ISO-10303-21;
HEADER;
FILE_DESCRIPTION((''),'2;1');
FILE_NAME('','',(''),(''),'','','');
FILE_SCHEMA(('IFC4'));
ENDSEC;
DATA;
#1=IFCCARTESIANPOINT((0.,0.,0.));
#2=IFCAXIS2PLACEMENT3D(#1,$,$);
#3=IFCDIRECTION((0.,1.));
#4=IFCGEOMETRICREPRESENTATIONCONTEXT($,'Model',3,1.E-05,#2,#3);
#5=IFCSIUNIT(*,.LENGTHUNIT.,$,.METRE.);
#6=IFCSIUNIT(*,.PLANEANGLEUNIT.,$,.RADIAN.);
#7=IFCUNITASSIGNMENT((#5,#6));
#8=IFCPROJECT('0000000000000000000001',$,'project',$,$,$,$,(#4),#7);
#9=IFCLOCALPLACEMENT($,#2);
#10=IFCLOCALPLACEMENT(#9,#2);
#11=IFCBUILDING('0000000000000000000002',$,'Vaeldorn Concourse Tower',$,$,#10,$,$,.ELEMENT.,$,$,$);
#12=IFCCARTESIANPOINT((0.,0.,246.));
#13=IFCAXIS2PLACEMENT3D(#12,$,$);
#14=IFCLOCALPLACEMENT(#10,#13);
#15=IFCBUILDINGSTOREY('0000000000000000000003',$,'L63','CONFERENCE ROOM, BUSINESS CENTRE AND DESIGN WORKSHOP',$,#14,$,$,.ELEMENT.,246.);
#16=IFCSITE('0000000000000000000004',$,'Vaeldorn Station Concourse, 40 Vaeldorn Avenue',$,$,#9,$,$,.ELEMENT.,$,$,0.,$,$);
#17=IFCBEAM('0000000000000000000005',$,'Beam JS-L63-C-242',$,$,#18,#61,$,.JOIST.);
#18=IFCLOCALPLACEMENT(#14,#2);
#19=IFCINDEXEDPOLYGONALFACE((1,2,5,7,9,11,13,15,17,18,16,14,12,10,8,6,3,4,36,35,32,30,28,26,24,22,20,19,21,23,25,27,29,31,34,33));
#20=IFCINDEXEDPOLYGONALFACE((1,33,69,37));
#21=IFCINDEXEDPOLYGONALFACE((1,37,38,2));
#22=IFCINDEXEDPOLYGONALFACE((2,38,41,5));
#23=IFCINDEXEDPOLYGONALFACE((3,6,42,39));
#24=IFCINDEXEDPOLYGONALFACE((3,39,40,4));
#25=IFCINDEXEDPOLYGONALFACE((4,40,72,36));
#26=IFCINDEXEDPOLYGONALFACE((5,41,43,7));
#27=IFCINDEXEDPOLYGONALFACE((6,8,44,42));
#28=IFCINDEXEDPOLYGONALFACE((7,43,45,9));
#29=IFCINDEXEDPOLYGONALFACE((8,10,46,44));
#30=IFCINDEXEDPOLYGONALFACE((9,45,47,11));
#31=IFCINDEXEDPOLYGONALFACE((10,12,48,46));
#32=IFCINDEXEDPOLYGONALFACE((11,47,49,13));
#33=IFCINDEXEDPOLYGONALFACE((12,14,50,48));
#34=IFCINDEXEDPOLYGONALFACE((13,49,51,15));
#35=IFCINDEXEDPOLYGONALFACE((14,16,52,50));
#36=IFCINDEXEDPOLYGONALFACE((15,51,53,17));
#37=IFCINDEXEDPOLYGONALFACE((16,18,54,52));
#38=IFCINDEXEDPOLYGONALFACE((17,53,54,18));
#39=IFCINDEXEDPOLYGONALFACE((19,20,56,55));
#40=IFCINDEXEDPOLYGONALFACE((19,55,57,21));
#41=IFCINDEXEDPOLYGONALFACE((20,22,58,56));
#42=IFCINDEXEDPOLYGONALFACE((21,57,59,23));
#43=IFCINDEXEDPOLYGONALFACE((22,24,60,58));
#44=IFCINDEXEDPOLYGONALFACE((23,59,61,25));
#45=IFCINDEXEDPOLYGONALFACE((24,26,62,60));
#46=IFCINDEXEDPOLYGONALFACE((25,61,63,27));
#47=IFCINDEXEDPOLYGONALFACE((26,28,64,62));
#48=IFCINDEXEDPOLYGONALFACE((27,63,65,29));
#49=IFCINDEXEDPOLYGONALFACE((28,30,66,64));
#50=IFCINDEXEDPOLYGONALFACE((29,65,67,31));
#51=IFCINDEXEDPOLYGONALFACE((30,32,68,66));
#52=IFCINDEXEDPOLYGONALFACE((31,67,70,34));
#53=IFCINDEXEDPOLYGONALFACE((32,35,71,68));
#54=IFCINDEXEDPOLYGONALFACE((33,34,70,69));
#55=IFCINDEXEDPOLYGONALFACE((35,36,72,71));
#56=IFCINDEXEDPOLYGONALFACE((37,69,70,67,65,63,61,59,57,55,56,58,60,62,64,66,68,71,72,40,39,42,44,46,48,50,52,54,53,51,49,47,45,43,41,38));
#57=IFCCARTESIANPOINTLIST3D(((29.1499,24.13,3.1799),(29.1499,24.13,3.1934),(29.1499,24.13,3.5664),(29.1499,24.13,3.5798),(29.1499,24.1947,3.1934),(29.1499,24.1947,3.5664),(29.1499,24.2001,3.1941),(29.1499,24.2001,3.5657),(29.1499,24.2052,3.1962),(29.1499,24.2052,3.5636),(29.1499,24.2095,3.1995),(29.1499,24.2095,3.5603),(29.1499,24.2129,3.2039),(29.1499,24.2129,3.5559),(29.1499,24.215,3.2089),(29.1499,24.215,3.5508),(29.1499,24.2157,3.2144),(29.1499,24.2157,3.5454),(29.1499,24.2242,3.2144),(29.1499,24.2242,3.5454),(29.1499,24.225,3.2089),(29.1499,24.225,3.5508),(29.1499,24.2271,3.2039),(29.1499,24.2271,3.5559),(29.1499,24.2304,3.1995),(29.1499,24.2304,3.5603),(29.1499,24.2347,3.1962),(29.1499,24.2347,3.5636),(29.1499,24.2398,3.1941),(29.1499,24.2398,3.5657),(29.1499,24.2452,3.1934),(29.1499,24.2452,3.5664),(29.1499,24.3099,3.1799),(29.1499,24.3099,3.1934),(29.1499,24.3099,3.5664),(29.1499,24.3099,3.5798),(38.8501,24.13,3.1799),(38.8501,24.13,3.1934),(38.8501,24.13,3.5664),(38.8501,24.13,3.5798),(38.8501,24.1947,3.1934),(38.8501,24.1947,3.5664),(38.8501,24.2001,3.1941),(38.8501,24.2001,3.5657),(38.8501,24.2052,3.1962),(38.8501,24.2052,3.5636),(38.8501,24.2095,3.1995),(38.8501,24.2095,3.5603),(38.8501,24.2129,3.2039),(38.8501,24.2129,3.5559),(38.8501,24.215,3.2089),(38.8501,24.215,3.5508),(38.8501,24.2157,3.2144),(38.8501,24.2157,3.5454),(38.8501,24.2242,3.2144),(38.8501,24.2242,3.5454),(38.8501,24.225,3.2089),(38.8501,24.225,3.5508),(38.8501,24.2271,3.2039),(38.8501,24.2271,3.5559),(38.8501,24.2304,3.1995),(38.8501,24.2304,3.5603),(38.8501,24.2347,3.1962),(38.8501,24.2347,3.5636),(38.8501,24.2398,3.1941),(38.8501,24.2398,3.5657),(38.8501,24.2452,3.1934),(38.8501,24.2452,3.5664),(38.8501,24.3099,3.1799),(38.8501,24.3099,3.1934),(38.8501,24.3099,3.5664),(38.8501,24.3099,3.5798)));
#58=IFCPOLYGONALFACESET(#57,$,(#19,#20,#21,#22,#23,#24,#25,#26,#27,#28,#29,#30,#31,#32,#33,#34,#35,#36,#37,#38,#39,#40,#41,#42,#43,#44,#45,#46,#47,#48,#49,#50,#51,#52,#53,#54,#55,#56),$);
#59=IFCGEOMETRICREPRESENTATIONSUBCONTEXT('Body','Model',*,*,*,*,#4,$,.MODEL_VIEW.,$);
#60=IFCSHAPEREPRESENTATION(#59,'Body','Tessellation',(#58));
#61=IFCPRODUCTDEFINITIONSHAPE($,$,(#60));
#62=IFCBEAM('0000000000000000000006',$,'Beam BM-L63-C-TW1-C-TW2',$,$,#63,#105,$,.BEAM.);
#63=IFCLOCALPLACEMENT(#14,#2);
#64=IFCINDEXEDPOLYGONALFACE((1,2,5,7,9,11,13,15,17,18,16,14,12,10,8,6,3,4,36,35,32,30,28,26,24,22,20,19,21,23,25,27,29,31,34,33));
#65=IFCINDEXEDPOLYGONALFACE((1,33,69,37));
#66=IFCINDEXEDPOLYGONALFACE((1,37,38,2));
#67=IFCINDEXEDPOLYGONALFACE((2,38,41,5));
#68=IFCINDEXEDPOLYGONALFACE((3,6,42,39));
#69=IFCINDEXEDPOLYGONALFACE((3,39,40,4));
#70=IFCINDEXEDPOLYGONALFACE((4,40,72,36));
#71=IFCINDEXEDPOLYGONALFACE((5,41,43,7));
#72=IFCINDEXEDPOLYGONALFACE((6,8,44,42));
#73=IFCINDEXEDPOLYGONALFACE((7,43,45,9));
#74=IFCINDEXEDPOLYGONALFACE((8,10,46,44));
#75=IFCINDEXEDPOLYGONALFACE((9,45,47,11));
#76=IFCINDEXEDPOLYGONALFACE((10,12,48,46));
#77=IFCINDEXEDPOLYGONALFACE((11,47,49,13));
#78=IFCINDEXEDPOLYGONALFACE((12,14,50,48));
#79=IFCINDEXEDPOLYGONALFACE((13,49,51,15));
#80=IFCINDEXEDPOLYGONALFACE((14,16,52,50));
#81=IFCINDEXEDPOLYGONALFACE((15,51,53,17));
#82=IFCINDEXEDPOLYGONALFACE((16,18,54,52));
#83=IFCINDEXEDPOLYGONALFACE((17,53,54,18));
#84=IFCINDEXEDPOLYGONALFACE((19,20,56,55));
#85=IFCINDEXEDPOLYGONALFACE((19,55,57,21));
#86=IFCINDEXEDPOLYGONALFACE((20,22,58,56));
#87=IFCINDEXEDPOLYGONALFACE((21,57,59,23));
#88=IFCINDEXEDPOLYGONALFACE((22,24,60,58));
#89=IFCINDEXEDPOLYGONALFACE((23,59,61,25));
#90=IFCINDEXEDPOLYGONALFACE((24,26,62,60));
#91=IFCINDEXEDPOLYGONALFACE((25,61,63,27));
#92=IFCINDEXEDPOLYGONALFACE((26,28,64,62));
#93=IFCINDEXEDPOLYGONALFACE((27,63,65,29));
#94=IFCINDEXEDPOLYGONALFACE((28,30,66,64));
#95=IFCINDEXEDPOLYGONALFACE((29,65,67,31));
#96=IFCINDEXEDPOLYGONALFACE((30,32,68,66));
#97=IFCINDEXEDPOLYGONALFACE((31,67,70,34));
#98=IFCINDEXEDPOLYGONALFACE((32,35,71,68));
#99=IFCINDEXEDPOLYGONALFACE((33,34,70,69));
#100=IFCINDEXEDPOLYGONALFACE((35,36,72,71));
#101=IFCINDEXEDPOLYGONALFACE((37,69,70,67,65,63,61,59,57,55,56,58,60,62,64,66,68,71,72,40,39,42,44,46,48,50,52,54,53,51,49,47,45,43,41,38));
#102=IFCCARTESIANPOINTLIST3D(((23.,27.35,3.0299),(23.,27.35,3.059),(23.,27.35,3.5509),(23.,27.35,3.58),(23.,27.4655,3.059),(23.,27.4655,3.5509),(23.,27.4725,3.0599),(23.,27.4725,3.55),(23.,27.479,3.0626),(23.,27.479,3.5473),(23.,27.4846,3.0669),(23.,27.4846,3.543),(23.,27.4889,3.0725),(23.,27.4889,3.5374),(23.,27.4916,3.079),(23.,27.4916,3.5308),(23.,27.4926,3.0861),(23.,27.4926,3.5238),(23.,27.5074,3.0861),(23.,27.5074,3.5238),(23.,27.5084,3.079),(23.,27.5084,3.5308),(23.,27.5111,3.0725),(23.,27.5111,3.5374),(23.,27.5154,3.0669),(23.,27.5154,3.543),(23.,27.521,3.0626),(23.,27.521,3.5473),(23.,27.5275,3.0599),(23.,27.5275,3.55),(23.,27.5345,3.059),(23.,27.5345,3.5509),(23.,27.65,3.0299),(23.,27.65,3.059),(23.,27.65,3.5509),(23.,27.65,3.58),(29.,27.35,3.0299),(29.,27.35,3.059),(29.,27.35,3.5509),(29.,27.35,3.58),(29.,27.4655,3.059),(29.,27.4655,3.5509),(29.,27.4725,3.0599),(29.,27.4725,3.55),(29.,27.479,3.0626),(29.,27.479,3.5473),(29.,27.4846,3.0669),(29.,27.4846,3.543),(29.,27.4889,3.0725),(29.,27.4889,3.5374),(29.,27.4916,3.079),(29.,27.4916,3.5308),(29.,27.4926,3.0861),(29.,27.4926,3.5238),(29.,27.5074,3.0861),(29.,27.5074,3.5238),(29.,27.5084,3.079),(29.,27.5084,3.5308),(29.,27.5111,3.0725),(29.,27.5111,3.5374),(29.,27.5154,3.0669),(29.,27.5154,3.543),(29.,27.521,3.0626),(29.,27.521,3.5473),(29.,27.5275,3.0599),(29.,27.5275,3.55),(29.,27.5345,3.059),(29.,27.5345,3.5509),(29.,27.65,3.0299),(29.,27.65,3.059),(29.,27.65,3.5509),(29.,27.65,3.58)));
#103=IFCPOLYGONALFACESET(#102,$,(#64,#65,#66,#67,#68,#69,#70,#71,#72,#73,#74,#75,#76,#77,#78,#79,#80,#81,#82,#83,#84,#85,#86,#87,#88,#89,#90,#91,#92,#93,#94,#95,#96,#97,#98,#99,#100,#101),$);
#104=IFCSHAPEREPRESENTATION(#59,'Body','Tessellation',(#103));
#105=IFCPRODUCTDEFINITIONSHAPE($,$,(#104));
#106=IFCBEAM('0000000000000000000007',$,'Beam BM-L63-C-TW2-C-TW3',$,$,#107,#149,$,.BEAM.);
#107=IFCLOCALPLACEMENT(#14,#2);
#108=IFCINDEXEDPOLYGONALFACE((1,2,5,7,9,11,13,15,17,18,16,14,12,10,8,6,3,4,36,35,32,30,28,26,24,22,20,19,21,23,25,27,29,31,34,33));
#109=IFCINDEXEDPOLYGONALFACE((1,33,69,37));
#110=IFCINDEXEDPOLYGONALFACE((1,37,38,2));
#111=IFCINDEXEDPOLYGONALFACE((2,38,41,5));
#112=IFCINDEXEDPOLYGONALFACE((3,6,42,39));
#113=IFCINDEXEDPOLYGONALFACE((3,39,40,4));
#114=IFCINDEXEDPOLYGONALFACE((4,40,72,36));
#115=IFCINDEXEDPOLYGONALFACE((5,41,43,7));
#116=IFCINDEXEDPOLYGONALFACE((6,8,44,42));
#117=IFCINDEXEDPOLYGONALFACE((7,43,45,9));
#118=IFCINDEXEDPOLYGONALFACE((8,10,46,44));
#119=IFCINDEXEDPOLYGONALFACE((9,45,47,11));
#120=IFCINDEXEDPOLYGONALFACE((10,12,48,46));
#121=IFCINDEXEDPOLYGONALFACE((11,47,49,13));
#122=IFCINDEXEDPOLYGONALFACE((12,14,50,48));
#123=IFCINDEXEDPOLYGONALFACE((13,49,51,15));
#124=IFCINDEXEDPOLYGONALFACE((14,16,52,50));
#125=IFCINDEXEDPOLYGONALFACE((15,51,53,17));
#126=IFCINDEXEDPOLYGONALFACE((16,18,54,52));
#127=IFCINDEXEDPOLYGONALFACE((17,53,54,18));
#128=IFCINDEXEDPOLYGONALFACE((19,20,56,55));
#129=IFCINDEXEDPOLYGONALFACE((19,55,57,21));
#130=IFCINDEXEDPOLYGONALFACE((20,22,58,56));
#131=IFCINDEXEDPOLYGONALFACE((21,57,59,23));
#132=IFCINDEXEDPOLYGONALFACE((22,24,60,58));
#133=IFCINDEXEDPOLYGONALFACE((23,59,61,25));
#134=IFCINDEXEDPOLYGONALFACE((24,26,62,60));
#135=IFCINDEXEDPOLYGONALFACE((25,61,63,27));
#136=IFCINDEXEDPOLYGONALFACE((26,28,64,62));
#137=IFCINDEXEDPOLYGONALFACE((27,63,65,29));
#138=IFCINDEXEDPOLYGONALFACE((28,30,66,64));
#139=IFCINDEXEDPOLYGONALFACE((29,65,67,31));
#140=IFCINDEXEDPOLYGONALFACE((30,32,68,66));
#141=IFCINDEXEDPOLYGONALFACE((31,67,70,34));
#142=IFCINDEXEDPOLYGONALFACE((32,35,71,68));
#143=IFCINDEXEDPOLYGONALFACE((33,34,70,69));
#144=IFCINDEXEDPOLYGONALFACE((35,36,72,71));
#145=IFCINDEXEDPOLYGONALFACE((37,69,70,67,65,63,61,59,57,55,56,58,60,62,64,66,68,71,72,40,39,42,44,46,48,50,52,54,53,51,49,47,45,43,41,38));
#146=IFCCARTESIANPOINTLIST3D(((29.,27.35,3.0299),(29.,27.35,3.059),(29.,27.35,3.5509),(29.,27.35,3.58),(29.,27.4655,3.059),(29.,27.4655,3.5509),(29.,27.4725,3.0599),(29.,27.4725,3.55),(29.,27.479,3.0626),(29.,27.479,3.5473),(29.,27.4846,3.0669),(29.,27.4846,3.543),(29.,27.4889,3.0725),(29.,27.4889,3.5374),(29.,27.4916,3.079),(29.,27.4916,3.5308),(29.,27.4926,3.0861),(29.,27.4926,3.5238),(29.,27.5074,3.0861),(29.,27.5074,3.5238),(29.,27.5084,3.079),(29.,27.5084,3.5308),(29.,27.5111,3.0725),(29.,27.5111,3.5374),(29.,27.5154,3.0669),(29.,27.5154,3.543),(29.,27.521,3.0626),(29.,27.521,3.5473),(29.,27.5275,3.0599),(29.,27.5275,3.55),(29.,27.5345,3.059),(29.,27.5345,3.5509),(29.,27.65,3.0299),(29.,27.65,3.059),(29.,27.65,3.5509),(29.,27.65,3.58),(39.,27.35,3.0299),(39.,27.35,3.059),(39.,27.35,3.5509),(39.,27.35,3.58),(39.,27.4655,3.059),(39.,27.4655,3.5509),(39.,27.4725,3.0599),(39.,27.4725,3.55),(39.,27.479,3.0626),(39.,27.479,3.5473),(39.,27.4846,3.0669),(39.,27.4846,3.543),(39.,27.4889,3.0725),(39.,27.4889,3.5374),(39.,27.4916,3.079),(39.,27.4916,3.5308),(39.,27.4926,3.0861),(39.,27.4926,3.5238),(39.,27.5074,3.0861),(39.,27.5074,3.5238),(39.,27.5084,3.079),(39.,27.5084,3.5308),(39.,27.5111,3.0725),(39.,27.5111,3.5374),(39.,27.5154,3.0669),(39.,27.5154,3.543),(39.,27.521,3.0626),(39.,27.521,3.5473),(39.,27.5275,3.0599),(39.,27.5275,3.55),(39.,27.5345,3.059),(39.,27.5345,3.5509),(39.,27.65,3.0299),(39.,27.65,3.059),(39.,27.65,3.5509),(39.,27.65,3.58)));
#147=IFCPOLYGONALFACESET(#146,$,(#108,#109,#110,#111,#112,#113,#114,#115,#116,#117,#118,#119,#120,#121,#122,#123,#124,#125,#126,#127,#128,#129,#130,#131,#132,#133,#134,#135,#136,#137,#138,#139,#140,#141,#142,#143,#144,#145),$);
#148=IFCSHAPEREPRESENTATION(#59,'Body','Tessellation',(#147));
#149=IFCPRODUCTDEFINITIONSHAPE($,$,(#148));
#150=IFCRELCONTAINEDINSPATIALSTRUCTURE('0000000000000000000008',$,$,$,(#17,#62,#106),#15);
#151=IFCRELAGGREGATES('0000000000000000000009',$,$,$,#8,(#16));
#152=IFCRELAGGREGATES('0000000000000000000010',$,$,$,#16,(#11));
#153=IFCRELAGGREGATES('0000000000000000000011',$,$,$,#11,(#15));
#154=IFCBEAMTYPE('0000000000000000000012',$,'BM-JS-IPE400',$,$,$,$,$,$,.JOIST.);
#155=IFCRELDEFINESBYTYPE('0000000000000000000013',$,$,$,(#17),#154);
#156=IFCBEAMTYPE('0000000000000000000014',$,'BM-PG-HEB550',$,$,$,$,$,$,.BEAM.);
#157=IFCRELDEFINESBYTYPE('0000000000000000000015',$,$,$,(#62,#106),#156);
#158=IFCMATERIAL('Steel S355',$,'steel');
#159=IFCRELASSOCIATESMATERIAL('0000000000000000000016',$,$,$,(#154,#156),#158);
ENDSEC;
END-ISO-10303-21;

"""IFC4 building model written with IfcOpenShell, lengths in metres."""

from ifc_helpers import new_model, si_unit, direction, frame, origin, origin_2d, place, context, subcontext, project, spatial, i_section, extrude, source, transform, mapped, material, material_profile, profile_set, type_object, element, save


model = new_model("IFC4")

# Units and contexts
model_context = context("Model", 3, precision=1e-05, world=origin(), true_north=direction((0.0, 1.0)))
body_context = subcontext(model_context, "Body", "Model", "MODEL_VIEW")
ifc_project = project(units=[si_unit("LENGTHUNIT", "METRE"), si_unit("PLANEANGLEUNIT", "RADIAN")], contexts=[model_context])

# Site, building, storey
site_placement = place(None, origin())
site = spatial("IfcSite", under=ifc_project, at=site_placement, Name="Vaeldorn Station Concourse, 40 Vaeldorn Avenue", CompositionType="ELEMENT", RefElevation=0.0)
building_placement = place(site_placement, origin())
building = spatial("IfcBuilding", under=site, at=building_placement, Name="Vaeldorn Concourse Tower", CompositionType="ELEMENT")
storey_placement = place(building_placement, frame((0.0, 0.0, 246.0)))
storey = spatial("IfcBuildingStorey", under=building, at=storey_placement, Name="L63", Description="CONFERENCE ROOM, BUSINESS CENTRE AND DESIGN WORKSHOP", CompositionType="ELEMENT", Elevation=246.0)

# Shared definitions
ifc_material_1 = material(Name="Steel S355", Category="steel")

# Beams
ifc_material_profile_1 = material_profile(ifc_material_1, i_section(OverallWidth=0.1799, OverallDepth=0.3999, WebThickness=0.0085, FlangeThickness=0.0134, FilletRadius=0.021, at=origin_2d()), Name="IPE 400")
ifc_profile_set_1 = profile_set([ifc_material_profile_1], Name="Steel S355")
beam_type_1 = type_object("IfcBeamType", Name="BM-JS-IPE400", PredefinedType="JOIST", material=ifc_profile_set_1)
shared_shape_1 = source(origin(), body_context, "Body", "SweptSolid", [
    extrude(i_section(OverallWidth=0.1799, OverallDepth=0.3999, WebThickness=0.0085, FlangeThickness=0.0134, FilletRadius=0.021, at=origin_2d()), origin(), (0.0, 0.0, 1.0), 9.7002),
])
for number, where, z_axis, x_axis, name in (
    (1, (29.1499, 24.22, 3.3799), (1.0, 0.0, 0.0), (0.0, 1.0, 0.0), "Beam JS-L63-C-242"),
):
    element("IfcBeam", number, at=place(storey_placement, frame(where, z_axis=z_axis, x_axis=x_axis)), inside=storey, type_object=beam_type_1, Name=name, PredefinedType="JOIST", context=body_context, shape_type="MappedRepresentation", body=[
        mapped(shared_shape_1, transform((0.0, 0.0, 0.0), scale=1.0)),
    ])
ifc_material_profile_2 = material_profile(ifc_material_1, i_section(OverallWidth=0.3, OverallDepth=0.55, WebThickness=0.0149, FlangeThickness=0.0291, FilletRadius=0.0271, at=origin_2d()), Name="HEB 550")
ifc_profile_set_2 = profile_set([ifc_material_profile_2], Name="Steel S355")
beam_type_2 = type_object("IfcBeamType", Name="BM-PG-HEB550", PredefinedType="BEAM", material=ifc_profile_set_2)
shared_shape_2 = source(origin(), body_context, "Body", "SweptSolid", [
    extrude(i_section(OverallWidth=0.3, OverallDepth=0.55, WebThickness=0.0149, FlangeThickness=0.0291, FilletRadius=0.0271, at=origin_2d()), origin(), (0.0, 0.0, 1.0), 6.0),
])
beam_1_placement = place(storey_placement, frame((23.0, 27.5, 3.3049), z_axis=(1.0, 0.0, 0.0), x_axis=(0.0, 1.0, 0.0)))
element("IfcBeam", 2, at=beam_1_placement, inside=storey, type_object=beam_type_2, Name="Beam BM-L63-C-TW1-C-TW2", PredefinedType="BEAM", context=body_context, shape_type="MappedRepresentation", body=[
    mapped(shared_shape_2, transform((0.0, 0.0, 0.0), scale=1.0)),
])
shared_shape_3 = source(origin(), body_context, "Body", "SweptSolid", [
    extrude(i_section(OverallWidth=0.3, OverallDepth=0.55, WebThickness=0.0149, FlangeThickness=0.0291, FilletRadius=0.0271, at=origin_2d()), origin(), (0.0, 0.0, 1.0), 10.0),
])
beam_2_placement = place(storey_placement, frame((29.0, 27.5, 3.3049), z_axis=(1.0, 0.0, 0.0), x_axis=(0.0, 1.0, 0.0)))
element("IfcBeam", 3, at=beam_2_placement, inside=storey, type_object=beam_type_2, Name="Beam BM-L63-C-TW2-C-TW3", PredefinedType="BEAM", context=body_context, shape_type="MappedRepresentation", body=[
    mapped(shared_shape_3, transform((0.0, 0.0, 0.0), scale=1.0)),
])

save(model, "model.ifc")
